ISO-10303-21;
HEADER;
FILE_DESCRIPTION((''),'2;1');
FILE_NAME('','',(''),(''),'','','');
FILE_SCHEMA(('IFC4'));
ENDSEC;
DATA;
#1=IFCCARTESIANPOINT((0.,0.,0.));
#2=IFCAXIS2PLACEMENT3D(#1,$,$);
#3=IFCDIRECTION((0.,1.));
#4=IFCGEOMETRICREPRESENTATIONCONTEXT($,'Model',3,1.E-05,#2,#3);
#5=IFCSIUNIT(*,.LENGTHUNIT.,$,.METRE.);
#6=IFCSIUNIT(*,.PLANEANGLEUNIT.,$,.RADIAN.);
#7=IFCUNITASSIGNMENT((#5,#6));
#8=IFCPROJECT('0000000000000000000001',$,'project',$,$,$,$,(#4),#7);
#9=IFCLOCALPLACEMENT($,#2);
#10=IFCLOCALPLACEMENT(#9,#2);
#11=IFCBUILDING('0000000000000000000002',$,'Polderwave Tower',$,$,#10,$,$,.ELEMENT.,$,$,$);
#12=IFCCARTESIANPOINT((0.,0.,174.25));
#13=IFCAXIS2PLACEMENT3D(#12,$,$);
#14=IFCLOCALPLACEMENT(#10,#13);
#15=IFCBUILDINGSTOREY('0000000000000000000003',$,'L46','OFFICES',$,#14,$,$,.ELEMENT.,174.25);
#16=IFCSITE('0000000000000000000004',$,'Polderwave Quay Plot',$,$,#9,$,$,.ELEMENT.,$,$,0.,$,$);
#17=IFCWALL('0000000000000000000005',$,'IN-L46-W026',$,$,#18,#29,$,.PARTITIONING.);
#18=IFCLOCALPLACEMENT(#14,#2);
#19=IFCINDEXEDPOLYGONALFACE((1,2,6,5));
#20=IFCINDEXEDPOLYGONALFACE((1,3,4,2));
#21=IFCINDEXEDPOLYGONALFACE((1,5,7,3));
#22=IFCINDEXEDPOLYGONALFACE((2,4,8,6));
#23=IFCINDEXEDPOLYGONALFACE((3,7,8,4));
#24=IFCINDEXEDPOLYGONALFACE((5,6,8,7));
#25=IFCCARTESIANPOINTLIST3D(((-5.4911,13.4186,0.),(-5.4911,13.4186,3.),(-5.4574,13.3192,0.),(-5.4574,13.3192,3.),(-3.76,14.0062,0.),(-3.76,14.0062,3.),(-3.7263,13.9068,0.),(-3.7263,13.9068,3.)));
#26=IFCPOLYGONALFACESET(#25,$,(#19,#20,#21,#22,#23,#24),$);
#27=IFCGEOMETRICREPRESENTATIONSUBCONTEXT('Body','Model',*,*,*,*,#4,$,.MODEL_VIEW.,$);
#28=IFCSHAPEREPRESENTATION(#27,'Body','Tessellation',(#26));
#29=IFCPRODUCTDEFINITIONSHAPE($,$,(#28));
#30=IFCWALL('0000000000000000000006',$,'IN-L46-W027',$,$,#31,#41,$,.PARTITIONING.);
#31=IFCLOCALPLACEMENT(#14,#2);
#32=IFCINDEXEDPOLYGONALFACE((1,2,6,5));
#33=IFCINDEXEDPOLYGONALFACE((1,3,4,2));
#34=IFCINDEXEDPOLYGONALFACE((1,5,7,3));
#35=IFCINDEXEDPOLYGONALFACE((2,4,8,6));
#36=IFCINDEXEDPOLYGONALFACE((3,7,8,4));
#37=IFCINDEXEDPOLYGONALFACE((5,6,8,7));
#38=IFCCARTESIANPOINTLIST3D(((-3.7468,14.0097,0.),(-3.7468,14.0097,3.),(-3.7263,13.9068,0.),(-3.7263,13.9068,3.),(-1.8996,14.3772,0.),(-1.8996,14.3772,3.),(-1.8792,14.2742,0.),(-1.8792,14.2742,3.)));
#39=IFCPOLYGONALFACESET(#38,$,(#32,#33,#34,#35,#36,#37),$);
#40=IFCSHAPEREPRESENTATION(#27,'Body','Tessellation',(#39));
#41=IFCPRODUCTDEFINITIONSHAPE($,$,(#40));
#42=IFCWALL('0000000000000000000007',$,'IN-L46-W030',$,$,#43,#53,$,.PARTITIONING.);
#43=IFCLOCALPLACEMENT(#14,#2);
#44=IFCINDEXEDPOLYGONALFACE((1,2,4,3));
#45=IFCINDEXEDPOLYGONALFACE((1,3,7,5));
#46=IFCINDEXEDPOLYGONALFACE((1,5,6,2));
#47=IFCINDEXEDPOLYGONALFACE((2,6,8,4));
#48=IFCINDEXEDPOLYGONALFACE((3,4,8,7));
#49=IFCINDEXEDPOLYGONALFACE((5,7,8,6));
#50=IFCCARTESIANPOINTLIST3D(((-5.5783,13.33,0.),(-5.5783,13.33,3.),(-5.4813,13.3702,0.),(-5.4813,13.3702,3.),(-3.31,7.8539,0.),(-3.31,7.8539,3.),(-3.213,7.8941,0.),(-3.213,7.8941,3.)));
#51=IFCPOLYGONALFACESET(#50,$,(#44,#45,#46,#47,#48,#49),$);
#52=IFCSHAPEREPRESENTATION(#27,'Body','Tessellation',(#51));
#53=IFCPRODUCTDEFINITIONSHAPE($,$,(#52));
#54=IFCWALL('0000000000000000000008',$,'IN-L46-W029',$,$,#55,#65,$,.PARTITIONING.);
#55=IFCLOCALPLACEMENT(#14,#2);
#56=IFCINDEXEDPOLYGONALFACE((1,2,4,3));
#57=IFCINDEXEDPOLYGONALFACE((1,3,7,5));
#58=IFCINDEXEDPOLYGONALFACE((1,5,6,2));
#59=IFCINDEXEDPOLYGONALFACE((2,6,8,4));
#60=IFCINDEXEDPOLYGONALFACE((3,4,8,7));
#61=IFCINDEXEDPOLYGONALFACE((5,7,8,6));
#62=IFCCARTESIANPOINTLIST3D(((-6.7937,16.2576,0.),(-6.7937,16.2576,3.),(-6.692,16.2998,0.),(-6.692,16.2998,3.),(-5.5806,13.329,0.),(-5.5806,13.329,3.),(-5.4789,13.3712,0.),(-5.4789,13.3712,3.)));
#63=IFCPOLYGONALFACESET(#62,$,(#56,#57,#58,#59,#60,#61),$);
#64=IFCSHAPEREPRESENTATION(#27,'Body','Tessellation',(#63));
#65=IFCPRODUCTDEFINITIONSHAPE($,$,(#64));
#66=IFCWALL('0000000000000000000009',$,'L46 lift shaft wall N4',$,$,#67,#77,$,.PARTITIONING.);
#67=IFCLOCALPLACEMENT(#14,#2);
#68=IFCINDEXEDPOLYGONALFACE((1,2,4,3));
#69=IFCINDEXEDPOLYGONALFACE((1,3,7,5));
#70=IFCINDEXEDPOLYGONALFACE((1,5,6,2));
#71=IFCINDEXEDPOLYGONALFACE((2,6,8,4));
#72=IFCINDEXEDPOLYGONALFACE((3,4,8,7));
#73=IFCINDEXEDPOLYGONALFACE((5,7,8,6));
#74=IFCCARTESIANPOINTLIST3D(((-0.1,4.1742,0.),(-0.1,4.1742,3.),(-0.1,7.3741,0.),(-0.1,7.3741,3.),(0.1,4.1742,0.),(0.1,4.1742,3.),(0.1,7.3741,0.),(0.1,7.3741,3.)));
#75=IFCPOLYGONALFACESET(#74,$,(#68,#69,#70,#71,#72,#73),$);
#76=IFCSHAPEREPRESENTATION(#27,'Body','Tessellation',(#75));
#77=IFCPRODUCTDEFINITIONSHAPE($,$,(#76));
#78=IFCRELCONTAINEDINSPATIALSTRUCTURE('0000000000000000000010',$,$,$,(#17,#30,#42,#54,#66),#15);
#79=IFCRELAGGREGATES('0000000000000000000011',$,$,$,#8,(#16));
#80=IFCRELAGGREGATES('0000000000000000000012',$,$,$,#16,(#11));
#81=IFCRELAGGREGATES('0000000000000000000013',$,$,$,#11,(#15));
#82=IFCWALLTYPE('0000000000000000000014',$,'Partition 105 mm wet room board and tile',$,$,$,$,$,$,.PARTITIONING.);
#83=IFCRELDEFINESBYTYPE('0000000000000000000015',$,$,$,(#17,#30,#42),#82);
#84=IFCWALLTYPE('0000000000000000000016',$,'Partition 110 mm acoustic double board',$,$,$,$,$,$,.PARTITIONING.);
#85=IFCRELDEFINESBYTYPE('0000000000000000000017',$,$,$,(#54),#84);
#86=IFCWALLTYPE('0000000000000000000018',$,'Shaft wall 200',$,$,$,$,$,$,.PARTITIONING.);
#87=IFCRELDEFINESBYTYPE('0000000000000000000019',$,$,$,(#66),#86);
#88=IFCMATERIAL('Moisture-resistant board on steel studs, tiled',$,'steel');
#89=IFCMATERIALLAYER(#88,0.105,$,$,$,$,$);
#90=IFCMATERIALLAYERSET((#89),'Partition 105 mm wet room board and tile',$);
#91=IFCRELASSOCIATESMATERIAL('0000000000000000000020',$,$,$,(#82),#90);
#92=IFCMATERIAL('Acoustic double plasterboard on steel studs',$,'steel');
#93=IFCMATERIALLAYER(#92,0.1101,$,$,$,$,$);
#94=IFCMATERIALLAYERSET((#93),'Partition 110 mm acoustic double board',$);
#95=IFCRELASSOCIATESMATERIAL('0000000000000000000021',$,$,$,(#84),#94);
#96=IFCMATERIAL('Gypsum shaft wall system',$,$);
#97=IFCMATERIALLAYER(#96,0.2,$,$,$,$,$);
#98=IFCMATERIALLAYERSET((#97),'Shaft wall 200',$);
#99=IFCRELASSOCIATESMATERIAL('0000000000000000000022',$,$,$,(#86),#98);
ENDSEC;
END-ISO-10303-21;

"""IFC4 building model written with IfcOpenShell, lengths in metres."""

from ifc_helpers import new_model, si_unit, direction, frame, frame_2d, origin, place, context, subcontext, project, spatial, rectangle, extrude, material, layer, layer_set, type_object, element, save


model = new_model("IFC4")

# Units and contexts
model_context = context("Model", 3, precision=1e-05, world=origin(), true_north=direction((0.0, 1.0)))
body_context = subcontext(model_context, "Body", "Model", "MODEL_VIEW")
ifc_project = project(units=[si_unit("LENGTHUNIT", "METRE"), si_unit("PLANEANGLEUNIT", "RADIAN")], contexts=[model_context])

# Site, building, storey
site_placement = place(None, origin())
site = spatial("IfcSite", under=ifc_project, at=site_placement, Name="Polderwave Quay Plot", CompositionType="ELEMENT", RefElevation=0.0)
building_placement = place(site_placement, origin())
building = spatial("IfcBuilding", under=site, at=building_placement, Name="Polderwave Tower", CompositionType="ELEMENT")
storey_placement = place(building_placement, frame((0.0, 0.0, 174.25)))
storey = spatial("IfcBuildingStorey", under=building, at=storey_placement, Name="L46", Description="OFFICES", CompositionType="ELEMENT", Elevation=174.25)

# Walls
ifc_material_1 = material(Name="Moisture-resistant board on steel studs, tiled", Category="steel")
ifc_layer_1 = layer(ifc_material_1, 0.105)
ifc_layer_set_1 = layer_set([ifc_layer_1], Name="Partition 105 mm wet room board and tile")
wall_type_1 = type_object("IfcWallType", Name="Partition 105 mm wet room board and tile", PredefinedType="PARTITIONING", material=ifc_layer_set_1)
wall_1_placement = place(storey_placement, frame((-3.7432, 13.9565, 0.0), z_axis=(0.0, 0.0, 1.0), x_axis=(-0.946933, -0.321431, 0.0)))
element("IfcWall", 1, at=wall_1_placement, inside=storey, type_object=wall_type_1, Name="IN-L46-W026", PredefinedType="PARTITIONING", context=body_context, shape_type="SweptSolid", body=[
    extrude(rectangle(XDim=1.8281, YDim=0.105, at=frame_2d((0.9141, 0.0))), origin(), (0.0, 0.0, 1.0), 3.0),
])
wall_2_placement = place(storey_placement, frame((-1.8894, 14.3257, 0.0), z_axis=(0.0, 0.0, 1.0), x_axis=(-0.980785, -0.195094, 0.0)))
element("IfcWall", 2, at=wall_2_placement, inside=storey, type_object=wall_type_1, Name="IN-L46-W027", PredefinedType="PARTITIONING", context=body_context, shape_type="SweptSolid", body=[
    extrude(rectangle(XDim=1.8833, YDim=0.105, at=frame_2d((0.9417, 0.0))), origin(), (0.0, 0.0, 1.0), 3.0),
])
wall_3_placement = place(storey_placement, frame((-3.2615, 7.874, 0.0), z_axis=(0.0, 0.0, 1.0), x_axis=(-0.38269, 0.923877, 0.0)))
element("IfcWall", 3, at=wall_3_placement, inside=storey, type_object=wall_type_1, Name="IN-L46-W030", PredefinedType="PARTITIONING", context=body_context, shape_type="SweptSolid", body=[
    extrude(rectangle(XDim=5.9272, YDim=0.105, at=frame_2d((2.9636, 0.0))), origin(), (0.0, 0.0, 1.0), 3.0),
])
ifc_material_2 = material(Name="Acoustic double plasterboard on steel studs", Category="steel")
ifc_layer_2 = layer(ifc_material_2, 0.1101)
ifc_layer_set_2 = layer_set([ifc_layer_2], Name="Partition 110 mm acoustic double board")
wall_type_2 = type_object("IfcWallType", Name="Partition 110 mm acoustic double board", PredefinedType="PARTITIONING", material=ifc_layer_set_2)
wall_4_placement = place(storey_placement, frame((-5.5298, 13.3501, 0.0), z_axis=(0.0, 0.0, 1.0), x_axis=(-0.38269, 0.923877, 0.0)))
element("IfcWall", 4, at=wall_4_placement, inside=storey, type_object=wall_type_2, Name="IN-L46-W029", PredefinedType="PARTITIONING", context=body_context, shape_type="SweptSolid", body=[
    extrude(rectangle(XDim=3.1699, YDim=0.1101, at=frame_2d((1.585, 0.0))), origin(), (0.0, 0.0, 1.0), 3.0),
])
ifc_material_3 = material(Name="Gypsum shaft wall system")
ifc_layer_3 = layer(ifc_material_3, 0.2)
ifc_layer_set_3 = layer_set([ifc_layer_3], Name="Shaft wall 200")
wall_type_3 = type_object("IfcWallType", Name="Shaft wall 200", PredefinedType="PARTITIONING", material=ifc_layer_set_3)
wall_5_placement = place(storey_placement, frame((0.0, 4.1741, 0.0), z_axis=(0.0, 0.0, 1.0), x_axis=(0.0, 1.0, 0.0)))
element("IfcWall", 5, at=wall_5_placement, inside=storey, type_object=wall_type_3, Name="L46 lift shaft wall N4", PredefinedType="PARTITIONING", context=body_context, shape_type="SweptSolid", body=[
    extrude(rectangle(XDim=3.2, YDim=0.2, at=frame_2d((1.6001, 0.0))), origin(), (0.0, 0.0, 1.0), 3.0),
])

save(model, "model.ifc")
